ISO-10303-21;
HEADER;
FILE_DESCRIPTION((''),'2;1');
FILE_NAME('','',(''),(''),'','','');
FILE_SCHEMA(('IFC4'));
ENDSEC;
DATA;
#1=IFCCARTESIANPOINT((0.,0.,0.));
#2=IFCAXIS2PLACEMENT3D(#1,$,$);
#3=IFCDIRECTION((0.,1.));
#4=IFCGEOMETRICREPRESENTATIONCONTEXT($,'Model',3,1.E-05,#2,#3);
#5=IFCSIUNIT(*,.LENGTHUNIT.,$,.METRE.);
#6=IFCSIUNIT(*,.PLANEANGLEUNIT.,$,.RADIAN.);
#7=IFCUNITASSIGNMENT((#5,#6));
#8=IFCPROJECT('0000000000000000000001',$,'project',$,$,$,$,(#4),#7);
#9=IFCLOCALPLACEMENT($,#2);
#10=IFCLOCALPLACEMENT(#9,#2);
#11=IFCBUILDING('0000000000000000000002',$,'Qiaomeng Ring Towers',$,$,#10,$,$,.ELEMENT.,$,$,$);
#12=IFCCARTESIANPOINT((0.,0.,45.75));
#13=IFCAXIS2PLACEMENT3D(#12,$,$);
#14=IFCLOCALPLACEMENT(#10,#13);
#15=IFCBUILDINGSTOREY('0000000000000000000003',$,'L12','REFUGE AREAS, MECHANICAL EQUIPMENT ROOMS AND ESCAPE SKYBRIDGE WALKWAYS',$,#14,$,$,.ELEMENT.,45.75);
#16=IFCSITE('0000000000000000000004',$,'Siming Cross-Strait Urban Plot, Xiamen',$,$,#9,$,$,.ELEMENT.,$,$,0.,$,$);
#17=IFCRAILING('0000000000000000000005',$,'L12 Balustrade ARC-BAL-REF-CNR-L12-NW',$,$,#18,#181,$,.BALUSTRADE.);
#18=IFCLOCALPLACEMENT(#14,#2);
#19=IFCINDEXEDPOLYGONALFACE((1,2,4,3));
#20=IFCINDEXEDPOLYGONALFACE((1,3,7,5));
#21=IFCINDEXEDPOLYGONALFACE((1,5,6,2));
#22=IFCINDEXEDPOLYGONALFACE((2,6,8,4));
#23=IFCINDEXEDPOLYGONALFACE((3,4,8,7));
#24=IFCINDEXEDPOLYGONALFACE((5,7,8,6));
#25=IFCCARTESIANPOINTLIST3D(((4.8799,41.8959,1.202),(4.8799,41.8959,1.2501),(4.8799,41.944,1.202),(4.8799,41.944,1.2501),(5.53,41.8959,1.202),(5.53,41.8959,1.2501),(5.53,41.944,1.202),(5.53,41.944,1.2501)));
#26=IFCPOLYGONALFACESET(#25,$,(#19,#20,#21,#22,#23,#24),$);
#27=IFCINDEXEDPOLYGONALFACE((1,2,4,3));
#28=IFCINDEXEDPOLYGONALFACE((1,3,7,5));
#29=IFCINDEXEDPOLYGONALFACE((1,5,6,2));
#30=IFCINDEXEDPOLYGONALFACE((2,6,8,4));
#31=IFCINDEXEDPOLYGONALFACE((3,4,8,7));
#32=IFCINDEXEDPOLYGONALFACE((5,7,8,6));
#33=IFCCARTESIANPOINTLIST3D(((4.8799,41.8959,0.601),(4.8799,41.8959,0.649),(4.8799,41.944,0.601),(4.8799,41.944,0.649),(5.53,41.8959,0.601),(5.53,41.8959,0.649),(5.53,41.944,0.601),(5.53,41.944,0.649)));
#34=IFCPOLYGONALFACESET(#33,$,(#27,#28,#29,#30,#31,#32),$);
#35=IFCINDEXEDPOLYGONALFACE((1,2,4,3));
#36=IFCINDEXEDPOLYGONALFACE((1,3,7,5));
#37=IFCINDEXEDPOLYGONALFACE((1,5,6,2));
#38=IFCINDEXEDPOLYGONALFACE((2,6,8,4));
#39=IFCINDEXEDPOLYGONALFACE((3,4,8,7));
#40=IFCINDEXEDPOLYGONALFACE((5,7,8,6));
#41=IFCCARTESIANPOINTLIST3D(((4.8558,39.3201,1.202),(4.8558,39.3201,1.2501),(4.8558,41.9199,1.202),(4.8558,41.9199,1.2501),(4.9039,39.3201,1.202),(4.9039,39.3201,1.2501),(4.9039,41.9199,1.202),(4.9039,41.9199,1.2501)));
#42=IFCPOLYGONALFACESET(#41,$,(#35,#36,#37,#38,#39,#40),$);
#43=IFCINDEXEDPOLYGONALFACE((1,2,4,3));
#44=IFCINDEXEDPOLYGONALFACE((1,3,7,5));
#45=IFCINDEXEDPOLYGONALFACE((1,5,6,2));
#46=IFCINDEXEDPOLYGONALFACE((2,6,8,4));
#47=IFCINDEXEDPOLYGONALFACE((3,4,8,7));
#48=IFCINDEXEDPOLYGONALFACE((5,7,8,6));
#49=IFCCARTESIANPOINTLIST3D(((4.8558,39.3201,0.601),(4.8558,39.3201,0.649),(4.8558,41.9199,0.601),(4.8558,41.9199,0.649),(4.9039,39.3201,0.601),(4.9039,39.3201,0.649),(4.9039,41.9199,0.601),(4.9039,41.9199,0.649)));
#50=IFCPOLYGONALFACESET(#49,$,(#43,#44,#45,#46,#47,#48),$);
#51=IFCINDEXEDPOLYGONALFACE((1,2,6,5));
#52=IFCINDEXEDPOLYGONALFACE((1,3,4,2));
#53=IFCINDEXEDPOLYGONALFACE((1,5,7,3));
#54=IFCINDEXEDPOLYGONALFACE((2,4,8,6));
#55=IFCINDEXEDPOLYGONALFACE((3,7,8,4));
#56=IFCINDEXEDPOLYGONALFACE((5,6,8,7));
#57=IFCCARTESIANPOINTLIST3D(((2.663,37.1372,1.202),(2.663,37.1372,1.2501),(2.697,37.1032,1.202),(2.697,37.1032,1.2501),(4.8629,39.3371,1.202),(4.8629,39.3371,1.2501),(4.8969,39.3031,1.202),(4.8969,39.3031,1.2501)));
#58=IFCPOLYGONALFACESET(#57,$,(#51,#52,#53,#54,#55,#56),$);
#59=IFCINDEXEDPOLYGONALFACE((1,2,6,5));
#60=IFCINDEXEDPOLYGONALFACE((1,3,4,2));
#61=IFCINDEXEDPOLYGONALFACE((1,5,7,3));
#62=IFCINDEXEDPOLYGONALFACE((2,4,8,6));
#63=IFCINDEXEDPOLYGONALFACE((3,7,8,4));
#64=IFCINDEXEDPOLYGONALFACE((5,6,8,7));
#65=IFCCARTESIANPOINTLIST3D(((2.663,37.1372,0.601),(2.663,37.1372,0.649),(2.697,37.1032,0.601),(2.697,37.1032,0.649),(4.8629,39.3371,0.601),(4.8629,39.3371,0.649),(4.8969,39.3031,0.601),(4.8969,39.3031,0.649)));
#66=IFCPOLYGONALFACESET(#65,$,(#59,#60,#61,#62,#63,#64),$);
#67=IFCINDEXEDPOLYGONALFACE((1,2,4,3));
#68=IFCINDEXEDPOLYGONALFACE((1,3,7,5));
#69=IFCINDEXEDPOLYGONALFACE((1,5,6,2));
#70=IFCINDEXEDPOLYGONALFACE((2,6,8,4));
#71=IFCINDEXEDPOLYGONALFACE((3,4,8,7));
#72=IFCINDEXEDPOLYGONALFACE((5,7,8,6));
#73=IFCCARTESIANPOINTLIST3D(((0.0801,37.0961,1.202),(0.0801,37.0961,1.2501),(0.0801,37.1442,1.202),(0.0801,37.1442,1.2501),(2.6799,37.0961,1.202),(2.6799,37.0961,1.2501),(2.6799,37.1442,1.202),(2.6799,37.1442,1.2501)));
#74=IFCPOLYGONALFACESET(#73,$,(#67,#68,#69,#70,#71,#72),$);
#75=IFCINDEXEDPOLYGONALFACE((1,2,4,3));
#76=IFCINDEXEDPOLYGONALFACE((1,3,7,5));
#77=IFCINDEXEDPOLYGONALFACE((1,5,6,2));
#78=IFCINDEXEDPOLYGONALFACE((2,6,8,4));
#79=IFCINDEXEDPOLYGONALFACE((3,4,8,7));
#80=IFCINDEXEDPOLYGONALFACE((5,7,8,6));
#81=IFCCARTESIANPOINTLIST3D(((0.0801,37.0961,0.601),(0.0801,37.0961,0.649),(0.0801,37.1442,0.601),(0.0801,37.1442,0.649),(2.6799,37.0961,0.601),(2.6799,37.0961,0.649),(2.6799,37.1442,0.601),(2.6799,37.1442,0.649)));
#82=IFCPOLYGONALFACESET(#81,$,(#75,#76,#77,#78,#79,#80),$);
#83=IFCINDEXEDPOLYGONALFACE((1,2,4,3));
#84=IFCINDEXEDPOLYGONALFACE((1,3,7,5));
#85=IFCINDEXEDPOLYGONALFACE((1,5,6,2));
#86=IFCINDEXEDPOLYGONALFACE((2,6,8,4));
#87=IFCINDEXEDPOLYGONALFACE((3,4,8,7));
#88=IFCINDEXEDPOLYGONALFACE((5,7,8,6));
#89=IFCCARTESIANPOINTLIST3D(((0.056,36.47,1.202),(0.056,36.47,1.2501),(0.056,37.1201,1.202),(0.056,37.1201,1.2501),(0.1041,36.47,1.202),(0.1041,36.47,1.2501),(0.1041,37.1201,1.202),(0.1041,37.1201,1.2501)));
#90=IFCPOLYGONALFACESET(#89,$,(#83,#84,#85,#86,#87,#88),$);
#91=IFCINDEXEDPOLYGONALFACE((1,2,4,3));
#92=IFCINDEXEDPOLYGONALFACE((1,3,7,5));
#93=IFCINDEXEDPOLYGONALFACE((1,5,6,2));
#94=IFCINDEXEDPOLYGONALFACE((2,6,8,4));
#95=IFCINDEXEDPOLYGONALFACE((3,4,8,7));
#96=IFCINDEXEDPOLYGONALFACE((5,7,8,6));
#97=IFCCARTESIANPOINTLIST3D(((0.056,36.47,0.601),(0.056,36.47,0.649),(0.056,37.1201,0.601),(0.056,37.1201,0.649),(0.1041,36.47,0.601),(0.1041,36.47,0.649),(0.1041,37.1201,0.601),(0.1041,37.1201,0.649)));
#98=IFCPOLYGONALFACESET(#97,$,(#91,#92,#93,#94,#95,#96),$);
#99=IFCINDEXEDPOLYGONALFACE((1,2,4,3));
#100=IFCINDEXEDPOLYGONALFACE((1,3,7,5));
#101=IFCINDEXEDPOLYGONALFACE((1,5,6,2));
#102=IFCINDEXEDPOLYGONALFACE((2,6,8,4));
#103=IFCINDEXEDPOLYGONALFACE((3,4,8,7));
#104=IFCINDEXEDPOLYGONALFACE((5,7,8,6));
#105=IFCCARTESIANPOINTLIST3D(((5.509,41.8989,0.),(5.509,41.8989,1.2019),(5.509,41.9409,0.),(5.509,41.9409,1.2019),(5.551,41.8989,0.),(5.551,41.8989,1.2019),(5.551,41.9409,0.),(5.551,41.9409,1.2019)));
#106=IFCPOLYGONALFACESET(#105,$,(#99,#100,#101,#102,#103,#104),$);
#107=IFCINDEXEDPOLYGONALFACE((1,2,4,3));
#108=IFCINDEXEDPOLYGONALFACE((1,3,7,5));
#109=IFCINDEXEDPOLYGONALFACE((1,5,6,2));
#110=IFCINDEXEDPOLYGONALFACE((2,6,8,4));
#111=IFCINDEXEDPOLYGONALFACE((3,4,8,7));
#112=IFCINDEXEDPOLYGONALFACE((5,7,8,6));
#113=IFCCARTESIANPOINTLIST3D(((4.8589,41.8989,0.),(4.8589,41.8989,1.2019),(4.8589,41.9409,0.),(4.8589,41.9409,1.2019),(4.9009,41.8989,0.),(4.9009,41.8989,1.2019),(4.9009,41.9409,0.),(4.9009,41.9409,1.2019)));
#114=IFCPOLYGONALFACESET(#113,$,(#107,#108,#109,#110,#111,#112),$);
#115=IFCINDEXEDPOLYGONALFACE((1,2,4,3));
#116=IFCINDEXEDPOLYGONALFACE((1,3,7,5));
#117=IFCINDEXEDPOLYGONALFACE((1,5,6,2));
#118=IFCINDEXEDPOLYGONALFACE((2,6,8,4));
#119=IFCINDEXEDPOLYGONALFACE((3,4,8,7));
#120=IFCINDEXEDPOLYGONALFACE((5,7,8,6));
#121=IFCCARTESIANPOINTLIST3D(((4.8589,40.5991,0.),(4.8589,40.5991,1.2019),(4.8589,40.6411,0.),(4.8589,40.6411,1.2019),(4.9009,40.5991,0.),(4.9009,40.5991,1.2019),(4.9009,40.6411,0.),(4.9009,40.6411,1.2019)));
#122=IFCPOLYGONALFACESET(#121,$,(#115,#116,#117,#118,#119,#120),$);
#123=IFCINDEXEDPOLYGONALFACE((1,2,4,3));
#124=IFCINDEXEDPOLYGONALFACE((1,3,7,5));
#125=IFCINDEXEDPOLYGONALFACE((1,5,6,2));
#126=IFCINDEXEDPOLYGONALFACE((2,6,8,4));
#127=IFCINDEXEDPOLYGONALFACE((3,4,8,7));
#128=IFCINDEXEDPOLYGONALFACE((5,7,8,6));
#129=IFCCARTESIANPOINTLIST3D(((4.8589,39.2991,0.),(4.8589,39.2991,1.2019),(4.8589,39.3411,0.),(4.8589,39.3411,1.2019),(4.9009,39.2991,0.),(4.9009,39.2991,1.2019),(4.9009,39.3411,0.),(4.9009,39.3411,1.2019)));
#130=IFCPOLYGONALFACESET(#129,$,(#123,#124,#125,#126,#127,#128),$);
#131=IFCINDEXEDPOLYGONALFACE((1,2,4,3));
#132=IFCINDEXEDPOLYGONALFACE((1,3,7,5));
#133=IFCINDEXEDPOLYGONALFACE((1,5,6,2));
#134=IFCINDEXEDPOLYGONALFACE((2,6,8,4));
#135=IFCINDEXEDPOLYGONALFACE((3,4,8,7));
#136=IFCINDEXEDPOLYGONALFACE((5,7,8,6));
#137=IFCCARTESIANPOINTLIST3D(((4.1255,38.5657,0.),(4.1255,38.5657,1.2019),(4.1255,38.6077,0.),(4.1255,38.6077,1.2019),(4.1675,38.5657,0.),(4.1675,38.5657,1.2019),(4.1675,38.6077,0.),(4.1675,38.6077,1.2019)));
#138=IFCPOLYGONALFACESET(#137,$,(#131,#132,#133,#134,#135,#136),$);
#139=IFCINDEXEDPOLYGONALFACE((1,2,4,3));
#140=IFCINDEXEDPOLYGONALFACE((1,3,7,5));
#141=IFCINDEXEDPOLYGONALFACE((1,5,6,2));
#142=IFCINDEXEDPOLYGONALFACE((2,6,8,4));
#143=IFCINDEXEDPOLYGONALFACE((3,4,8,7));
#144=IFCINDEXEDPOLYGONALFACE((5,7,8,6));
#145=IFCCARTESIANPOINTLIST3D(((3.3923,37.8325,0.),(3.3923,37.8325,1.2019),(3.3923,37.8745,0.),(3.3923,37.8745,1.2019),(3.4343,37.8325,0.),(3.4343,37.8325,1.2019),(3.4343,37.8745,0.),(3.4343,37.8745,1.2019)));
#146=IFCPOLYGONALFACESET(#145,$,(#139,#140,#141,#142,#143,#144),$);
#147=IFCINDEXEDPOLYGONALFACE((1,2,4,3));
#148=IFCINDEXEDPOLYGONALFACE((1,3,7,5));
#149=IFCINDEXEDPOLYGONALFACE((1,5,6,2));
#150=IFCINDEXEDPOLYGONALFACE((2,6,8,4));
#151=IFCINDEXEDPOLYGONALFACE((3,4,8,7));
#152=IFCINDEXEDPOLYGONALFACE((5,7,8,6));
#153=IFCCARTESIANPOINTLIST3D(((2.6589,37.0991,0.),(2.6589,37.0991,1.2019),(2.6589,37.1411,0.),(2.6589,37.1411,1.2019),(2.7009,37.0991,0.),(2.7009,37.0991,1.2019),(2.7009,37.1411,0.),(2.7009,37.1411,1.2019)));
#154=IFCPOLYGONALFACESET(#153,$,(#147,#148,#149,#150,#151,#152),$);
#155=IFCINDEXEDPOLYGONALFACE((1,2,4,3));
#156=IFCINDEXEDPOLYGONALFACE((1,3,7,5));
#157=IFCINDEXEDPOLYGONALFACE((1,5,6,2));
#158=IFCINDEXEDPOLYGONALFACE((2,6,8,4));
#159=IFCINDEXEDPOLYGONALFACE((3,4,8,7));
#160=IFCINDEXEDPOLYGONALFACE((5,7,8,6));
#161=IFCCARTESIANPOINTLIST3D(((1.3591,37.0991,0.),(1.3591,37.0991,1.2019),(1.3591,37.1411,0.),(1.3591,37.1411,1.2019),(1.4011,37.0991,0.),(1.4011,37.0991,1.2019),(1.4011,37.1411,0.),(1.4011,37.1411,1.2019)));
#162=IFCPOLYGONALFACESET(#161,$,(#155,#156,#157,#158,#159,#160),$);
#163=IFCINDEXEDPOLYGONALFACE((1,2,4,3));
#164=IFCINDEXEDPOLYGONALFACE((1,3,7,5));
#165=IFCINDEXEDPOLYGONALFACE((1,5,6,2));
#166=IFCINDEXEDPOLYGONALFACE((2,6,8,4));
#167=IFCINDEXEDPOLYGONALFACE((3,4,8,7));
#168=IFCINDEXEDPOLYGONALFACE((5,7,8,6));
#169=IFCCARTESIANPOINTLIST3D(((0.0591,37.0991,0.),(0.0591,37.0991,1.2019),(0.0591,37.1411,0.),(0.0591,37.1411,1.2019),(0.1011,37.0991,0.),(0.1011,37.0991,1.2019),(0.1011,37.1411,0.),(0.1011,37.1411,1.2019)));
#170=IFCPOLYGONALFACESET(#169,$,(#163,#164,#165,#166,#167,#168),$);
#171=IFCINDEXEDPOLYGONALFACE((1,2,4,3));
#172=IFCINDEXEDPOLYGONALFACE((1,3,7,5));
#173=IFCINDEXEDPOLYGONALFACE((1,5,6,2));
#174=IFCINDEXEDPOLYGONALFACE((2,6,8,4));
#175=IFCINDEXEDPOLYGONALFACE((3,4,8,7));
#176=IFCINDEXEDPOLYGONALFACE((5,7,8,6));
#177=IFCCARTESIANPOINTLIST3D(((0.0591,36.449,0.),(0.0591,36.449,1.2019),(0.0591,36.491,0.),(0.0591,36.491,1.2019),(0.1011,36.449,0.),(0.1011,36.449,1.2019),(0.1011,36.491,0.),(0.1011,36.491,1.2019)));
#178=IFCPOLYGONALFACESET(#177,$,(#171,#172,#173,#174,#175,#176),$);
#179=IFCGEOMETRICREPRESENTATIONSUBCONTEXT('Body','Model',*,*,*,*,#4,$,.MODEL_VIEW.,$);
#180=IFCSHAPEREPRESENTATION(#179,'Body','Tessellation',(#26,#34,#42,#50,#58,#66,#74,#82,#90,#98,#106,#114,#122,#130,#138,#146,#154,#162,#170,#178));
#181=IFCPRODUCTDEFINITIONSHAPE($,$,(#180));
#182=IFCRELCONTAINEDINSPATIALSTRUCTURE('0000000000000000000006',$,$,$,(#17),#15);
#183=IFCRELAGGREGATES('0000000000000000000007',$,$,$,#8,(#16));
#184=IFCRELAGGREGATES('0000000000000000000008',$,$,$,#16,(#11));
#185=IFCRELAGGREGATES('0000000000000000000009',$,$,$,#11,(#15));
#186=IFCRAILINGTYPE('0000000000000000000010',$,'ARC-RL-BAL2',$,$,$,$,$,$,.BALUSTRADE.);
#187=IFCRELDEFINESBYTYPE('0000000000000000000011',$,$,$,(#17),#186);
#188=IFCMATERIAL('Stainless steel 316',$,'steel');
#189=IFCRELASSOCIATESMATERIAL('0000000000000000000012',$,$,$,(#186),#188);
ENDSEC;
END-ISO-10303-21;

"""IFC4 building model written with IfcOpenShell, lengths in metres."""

from ifc_helpers import new_model, si_unit, direction, frame, origin, origin_2d, place, context, subcontext, project, spatial, rectangle, extrude, material, type_object, element, save


model = new_model("IFC4")

# Units and contexts
model_context = context("Model", 3, precision=1e-05, world=origin(), true_north=direction((0.0, 1.0)))
body_context = subcontext(model_context, "Body", "Model", "MODEL_VIEW")
ifc_project = project(units=[si_unit("LENGTHUNIT", "METRE"), si_unit("PLANEANGLEUNIT", "RADIAN")], contexts=[model_context])

# Site, building, storey
site_placement = place(None, origin())
site = spatial("IfcSite", under=ifc_project, at=site_placement, Name="Siming Cross-Strait Urban Plot, Xiamen", CompositionType="ELEMENT", RefElevation=0.0)
building_placement = place(site_placement, origin())
building = spatial("IfcBuilding", under=site, at=building_placement, Name="Qiaomeng Ring Towers", CompositionType="ELEMENT")
storey_placement = place(building_placement, frame((0.0, 0.0, 45.75)))
storey = spatial("IfcBuildingStorey", under=building, at=storey_placement, Name="L12", Description="REFUGE AREAS, MECHANICAL EQUIPMENT ROOMS AND ESCAPE SKYBRIDGE WALKWAYS", CompositionType="ELEMENT", Elevation=45.75)

# Shared definitions
ifc_material_1 = material(Name="Stainless steel 316", Category="steel")

# Railing
railing_type = type_object("IfcRailingType", Name="ARC-RL-BAL2", PredefinedType="BALUSTRADE", material=ifc_material_1)
railing_1_placement = place(storey_placement, frame((5.53, 41.9199, 0.0)))
element("IfcRailing", 1, at=railing_1_placement, inside=storey, type_object=railing_type, Name="L12 Balustrade ARC-BAL-REF-CNR-L12-NW", PredefinedType="BALUSTRADE", context=body_context, shape_type="SweptSolid", body=[
    extrude(rectangle(XDim=0.0481, YDim=0.0481, at=origin_2d()), frame((0.0, 0.0, 1.2261), z_axis=(-1.0, 0.0, 0.0), x_axis=(0.0, -1.0, 0.0)), (0.0, 0.0, 1.0), 0.6501),
    extrude(rectangle(XDim=0.0481, YDim=0.0481, at=origin_2d()), frame((0.0, 0.0, 0.625), z_axis=(-1.0, 0.0, 0.0), x_axis=(0.0, -1.0, 0.0)), (0.0, 0.0, 1.0), 0.6501),
    extrude(rectangle(XDim=0.0481, YDim=0.0481, at=origin_2d()), frame((-0.6501, 0.0, 1.2261), z_axis=(0.0, -1.0, 0.0), x_axis=(1.0, 0.0, 0.0)), (0.0, 0.0, 1.0), 2.5999),
    extrude(rectangle(XDim=0.0481, YDim=0.0481, at=origin_2d()), frame((-0.6501, 0.0, 0.625), z_axis=(0.0, -1.0, 0.0), x_axis=(1.0, 0.0, 0.0)), (0.0, 0.0, 1.0), 2.5999),
    extrude(rectangle(XDim=0.0481, YDim=0.0481, at=origin_2d()), frame((-0.6501, -2.5999, 1.2261), z_axis=(-0.707107, -0.707107, 0.0), x_axis=(0.707107, -0.707107, 0.0)), (0.0, 0.0, 1.0), 3.1111),
    extrude(rectangle(XDim=0.0481, YDim=0.0481, at=origin_2d()), frame((-0.6501, -2.5999, 0.625), z_axis=(-0.707107, -0.707107, 0.0), x_axis=(0.707107, -0.707107, 0.0)), (0.0, 0.0, 1.0), 3.1111),
    extrude(rectangle(XDim=0.0481, YDim=0.0481, at=origin_2d()), frame((-2.8501, -4.7998, 1.2261), z_axis=(-1.0, 0.0, 0.0), x_axis=(0.0, -1.0, 0.0)), (0.0, 0.0, 1.0), 2.5999),
    extrude(rectangle(XDim=0.0481, YDim=0.0481, at=origin_2d()), frame((-2.8501, -4.7998, 0.625), z_axis=(-1.0, 0.0, 0.0), x_axis=(0.0, -1.0, 0.0)), (0.0, 0.0, 1.0), 2.5999),
    extrude(rectangle(XDim=0.0481, YDim=0.0481, at=origin_2d()), frame((-5.45, -4.7998, 1.2261), z_axis=(0.0, -1.0, 0.0), x_axis=(1.0, 0.0, 0.0)), (0.0, 0.0, 1.0), 0.6501),
    extrude(rectangle(XDim=0.0481, YDim=0.0481, at=origin_2d()), frame((-5.45, -4.7998, 0.625), z_axis=(0.0, -1.0, 0.0), x_axis=(1.0, 0.0, 0.0)), (0.0, 0.0, 1.0), 0.6501),
    extrude(rectangle(XDim=0.042, YDim=0.042, at=origin_2d()), origin(), (0.0, 0.0, 1.0), 1.2019),
    extrude(rectangle(XDim=0.042, YDim=0.042, at=origin_2d()), frame((-0.6501, 0.0, 0.0)), (0.0, 0.0, 1.0), 1.2019),
    extrude(rectangle(XDim=0.042, YDim=0.042, at=origin_2d()), frame((-0.6501, -1.2998, 0.0)), (0.0, 0.0, 1.0), 1.2019),
    extrude(rectangle(XDim=0.042, YDim=0.042, at=origin_2d()), frame((-0.6501, -2.5999, 0.0)), (0.0, 0.0, 1.0), 1.2019),
    extrude(rectangle(XDim=0.042, YDim=0.042, at=origin_2d()), frame((-1.3835, -3.3333, 0.0)), (0.0, 0.0, 1.0), 1.2019),
    extrude(rectangle(XDim=0.042, YDim=0.042, at=origin_2d()), frame((-2.1167, -4.0664, 0.0)), (0.0, 0.0, 1.0), 1.2019),
    extrude(rectangle(XDim=0.042, YDim=0.042, at=origin_2d()), frame((-2.8501, -4.7998, 0.0)), (0.0, 0.0, 1.0), 1.2019),
    extrude(rectangle(XDim=0.042, YDim=0.042, at=origin_2d()), frame((-4.1499, -4.7998, 0.0)), (0.0, 0.0, 1.0), 1.2019),
    extrude(rectangle(XDim=0.042, YDim=0.042, at=origin_2d()), frame((-5.45, -4.7998, 0.0)), (0.0, 0.0, 1.0), 1.2019),
    extrude(rectangle(XDim=0.042, YDim=0.042, at=origin_2d()), frame((-5.45, -5.45, 0.0)), (0.0, 0.0, 1.0), 1.2019),
])

save(model, "model.ifc")
